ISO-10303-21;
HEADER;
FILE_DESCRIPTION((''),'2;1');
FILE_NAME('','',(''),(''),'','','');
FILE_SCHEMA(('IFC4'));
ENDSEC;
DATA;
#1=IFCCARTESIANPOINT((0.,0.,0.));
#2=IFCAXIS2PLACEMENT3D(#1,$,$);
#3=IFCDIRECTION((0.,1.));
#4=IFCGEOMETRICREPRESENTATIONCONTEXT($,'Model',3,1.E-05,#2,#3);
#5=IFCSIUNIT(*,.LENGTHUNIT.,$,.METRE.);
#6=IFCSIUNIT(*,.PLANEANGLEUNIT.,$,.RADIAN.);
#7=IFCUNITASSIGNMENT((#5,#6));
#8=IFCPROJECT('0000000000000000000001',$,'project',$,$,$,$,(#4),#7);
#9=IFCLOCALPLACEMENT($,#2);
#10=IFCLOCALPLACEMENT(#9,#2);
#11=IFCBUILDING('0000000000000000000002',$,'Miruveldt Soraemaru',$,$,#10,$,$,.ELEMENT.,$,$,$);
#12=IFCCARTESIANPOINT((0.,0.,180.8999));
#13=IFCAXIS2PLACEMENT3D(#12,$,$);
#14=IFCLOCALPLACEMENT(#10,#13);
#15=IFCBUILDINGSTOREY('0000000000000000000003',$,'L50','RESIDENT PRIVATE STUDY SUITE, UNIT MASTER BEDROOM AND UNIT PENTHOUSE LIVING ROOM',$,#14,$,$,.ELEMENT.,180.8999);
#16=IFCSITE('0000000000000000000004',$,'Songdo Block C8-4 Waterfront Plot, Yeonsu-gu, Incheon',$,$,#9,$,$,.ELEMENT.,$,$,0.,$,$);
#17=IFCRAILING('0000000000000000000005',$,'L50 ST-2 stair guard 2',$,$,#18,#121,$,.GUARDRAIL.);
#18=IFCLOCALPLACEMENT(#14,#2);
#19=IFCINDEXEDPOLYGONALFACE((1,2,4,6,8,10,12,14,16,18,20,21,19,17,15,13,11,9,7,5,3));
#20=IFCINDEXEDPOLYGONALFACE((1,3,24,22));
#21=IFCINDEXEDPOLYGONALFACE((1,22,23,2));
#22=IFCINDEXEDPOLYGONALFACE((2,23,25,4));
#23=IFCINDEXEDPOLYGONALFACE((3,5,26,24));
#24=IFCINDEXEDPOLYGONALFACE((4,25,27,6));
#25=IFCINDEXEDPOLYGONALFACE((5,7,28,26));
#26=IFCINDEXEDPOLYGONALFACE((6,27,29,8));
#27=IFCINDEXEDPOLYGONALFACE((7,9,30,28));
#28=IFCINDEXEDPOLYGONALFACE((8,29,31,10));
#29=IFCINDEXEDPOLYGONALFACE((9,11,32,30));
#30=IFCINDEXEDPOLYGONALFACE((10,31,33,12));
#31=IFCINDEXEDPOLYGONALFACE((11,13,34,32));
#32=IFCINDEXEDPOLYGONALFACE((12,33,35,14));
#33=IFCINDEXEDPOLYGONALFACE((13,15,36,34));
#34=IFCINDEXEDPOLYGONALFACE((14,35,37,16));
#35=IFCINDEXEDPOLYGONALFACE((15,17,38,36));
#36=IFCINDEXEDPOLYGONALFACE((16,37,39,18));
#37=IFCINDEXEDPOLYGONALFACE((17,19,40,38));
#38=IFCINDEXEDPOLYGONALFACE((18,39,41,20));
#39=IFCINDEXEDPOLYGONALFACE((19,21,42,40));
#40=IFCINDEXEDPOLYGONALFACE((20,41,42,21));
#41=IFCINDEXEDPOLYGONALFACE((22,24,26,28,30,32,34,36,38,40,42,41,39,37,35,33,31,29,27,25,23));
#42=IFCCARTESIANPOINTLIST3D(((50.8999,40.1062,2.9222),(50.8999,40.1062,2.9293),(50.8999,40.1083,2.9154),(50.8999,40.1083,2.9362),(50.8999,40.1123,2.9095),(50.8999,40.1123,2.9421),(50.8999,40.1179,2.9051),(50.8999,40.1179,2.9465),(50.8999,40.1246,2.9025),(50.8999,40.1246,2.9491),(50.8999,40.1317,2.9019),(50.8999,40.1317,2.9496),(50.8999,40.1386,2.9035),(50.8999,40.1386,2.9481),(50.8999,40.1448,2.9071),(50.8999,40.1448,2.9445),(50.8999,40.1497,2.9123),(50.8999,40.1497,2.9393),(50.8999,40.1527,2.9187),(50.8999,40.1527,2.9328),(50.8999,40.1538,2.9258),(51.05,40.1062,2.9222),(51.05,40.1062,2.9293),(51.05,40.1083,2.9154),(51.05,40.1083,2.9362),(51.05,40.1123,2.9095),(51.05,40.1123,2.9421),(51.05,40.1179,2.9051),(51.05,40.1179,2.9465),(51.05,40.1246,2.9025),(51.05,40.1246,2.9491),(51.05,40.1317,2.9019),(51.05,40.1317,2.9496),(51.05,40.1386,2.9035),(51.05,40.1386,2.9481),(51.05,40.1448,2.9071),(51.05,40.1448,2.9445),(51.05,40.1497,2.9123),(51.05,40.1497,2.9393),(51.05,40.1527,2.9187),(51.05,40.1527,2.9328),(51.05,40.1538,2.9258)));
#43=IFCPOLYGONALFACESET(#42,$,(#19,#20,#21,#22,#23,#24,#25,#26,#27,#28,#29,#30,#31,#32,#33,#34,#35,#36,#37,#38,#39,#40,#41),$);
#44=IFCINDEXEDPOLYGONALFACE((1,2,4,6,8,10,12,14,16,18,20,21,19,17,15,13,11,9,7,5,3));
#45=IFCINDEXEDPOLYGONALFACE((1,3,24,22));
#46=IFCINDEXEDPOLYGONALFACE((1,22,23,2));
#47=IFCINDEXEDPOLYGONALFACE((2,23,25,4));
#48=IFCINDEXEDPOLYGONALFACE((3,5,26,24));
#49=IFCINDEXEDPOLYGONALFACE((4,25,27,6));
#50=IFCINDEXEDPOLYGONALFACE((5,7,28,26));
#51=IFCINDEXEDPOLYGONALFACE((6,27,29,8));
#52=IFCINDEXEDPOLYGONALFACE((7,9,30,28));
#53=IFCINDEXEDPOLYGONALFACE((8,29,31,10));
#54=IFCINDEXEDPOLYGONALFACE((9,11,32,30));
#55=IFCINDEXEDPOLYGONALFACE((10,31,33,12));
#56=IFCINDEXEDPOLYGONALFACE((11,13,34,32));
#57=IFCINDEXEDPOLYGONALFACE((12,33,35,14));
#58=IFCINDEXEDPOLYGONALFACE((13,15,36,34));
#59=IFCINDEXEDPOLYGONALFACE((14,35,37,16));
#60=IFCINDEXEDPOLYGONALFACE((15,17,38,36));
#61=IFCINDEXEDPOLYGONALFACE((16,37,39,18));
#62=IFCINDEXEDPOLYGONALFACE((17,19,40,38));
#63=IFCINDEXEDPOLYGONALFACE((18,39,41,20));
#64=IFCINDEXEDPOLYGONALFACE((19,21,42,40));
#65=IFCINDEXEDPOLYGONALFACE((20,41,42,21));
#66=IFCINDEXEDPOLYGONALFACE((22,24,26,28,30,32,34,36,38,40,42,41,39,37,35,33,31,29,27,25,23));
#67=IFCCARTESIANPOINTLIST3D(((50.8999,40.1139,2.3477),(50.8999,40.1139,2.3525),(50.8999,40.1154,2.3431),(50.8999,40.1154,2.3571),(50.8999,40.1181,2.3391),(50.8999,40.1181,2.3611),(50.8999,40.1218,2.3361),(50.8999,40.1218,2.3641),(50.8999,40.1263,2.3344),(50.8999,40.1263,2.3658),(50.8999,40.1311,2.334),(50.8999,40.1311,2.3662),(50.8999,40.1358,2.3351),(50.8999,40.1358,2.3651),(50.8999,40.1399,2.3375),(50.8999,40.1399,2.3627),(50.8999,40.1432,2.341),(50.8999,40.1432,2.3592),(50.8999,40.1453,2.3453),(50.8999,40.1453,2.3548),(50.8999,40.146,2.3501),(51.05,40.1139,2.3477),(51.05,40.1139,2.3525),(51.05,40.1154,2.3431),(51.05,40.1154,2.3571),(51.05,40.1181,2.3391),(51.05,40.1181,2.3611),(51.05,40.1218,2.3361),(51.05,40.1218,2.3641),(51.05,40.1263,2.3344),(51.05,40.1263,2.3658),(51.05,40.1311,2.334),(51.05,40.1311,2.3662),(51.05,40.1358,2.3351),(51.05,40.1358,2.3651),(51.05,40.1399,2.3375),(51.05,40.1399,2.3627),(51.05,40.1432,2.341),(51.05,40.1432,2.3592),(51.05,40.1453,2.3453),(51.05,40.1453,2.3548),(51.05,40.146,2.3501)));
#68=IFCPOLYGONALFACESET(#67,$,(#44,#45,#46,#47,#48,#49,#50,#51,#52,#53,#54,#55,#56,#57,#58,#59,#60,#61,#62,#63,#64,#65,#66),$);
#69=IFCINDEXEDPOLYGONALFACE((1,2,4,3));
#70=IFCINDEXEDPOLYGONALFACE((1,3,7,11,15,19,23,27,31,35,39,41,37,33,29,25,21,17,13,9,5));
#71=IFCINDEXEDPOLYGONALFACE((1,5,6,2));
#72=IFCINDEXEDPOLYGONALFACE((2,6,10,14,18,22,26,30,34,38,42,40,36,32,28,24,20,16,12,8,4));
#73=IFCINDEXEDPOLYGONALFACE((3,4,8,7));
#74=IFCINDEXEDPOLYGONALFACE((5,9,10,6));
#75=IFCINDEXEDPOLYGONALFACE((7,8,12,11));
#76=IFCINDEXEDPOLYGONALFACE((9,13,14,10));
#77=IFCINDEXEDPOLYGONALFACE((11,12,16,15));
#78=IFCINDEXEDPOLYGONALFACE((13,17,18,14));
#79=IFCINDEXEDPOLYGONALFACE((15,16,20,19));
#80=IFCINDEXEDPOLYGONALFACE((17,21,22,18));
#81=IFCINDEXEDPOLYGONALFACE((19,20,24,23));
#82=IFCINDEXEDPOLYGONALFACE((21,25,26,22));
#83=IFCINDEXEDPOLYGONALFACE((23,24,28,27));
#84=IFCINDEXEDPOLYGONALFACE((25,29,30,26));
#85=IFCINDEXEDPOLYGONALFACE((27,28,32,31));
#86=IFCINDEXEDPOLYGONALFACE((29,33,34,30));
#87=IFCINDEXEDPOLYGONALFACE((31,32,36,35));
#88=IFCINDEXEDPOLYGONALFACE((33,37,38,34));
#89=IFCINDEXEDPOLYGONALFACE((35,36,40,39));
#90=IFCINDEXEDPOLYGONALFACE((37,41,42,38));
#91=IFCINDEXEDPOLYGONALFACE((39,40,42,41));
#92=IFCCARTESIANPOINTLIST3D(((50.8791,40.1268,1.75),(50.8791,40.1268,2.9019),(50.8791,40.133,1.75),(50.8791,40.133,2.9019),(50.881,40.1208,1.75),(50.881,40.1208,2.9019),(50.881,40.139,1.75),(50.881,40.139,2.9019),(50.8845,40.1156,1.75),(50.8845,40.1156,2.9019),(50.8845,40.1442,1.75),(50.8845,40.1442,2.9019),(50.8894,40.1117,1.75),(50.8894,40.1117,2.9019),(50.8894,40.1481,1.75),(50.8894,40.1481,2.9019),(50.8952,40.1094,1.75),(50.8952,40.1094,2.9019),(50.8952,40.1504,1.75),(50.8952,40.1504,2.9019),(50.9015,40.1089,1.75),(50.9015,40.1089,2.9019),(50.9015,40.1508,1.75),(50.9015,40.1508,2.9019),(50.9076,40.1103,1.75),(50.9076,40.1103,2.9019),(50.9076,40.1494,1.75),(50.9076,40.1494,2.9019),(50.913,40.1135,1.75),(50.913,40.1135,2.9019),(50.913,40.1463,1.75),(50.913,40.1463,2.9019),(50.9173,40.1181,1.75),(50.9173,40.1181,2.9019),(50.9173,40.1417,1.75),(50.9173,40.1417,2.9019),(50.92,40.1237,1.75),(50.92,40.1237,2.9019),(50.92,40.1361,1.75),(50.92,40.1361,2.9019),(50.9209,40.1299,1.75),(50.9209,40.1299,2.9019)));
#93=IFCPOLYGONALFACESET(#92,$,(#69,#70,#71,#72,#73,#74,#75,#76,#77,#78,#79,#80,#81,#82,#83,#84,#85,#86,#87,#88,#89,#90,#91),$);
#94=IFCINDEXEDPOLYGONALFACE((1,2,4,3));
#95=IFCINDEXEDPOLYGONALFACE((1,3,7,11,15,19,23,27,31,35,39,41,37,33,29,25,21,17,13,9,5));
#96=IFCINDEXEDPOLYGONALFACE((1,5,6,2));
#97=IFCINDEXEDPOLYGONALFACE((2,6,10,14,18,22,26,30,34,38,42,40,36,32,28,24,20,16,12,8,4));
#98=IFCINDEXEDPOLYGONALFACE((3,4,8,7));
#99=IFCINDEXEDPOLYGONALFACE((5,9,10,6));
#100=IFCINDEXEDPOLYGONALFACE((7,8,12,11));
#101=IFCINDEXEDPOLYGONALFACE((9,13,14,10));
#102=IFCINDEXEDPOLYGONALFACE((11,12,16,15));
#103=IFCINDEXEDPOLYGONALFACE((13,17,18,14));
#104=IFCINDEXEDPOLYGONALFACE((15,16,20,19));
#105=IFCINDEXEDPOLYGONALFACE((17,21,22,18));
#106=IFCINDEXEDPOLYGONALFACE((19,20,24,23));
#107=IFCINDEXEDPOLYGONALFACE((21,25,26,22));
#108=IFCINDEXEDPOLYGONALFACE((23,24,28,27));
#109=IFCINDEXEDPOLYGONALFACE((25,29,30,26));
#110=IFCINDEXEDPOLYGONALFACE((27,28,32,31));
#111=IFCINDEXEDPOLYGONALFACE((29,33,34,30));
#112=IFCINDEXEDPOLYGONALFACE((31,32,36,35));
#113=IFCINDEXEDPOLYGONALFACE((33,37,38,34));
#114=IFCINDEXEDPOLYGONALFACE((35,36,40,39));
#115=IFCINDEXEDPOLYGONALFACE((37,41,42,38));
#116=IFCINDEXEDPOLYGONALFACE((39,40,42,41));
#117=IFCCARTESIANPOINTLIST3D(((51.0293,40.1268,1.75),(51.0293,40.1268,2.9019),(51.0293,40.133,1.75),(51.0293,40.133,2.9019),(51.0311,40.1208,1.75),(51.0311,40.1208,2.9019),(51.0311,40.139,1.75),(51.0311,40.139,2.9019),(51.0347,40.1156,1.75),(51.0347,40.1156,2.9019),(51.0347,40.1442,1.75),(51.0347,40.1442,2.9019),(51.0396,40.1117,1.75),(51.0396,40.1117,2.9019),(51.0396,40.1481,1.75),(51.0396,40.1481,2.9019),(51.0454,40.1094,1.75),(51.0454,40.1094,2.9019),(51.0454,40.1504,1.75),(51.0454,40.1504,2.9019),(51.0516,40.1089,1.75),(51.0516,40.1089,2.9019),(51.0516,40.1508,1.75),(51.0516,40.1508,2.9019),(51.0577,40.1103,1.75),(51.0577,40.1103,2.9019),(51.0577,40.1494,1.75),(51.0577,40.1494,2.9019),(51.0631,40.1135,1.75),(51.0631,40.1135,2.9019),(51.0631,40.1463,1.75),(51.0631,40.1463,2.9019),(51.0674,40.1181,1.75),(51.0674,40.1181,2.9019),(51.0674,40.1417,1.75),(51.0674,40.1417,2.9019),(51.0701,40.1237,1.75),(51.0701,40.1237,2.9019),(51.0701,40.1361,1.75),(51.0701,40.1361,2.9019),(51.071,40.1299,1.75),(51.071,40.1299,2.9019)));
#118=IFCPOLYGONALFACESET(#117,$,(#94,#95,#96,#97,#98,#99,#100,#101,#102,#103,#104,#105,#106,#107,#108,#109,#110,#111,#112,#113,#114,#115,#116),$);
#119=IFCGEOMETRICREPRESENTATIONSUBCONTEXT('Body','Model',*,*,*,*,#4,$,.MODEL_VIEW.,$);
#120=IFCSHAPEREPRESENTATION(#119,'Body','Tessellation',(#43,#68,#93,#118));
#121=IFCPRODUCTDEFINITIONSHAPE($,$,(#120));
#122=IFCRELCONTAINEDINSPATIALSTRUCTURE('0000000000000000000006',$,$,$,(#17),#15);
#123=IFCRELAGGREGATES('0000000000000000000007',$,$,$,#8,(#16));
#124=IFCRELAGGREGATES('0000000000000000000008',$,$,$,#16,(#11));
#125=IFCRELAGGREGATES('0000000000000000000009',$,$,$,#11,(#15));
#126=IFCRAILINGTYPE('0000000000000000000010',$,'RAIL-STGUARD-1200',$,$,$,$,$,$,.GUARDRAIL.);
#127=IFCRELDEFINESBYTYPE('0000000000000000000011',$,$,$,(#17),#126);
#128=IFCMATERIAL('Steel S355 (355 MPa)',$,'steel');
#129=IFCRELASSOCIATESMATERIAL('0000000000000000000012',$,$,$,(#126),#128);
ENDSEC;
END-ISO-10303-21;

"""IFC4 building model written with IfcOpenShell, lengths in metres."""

from ifc_helpers import new_model, si_unit, direction, frame, origin, origin_2d, place, context, subcontext, project, spatial, circle, extrude, material, type_object, element, save


model = new_model("IFC4")

# Units and contexts
model_context = context("Model", 3, precision=1e-05, world=origin(), true_north=direction((0.0, 1.0)))
body_context = subcontext(model_context, "Body", "Model", "MODEL_VIEW")
ifc_project = project(units=[si_unit("LENGTHUNIT", "METRE"), si_unit("PLANEANGLEUNIT", "RADIAN")], contexts=[model_context])

# Site, building, storey
site_placement = place(None, origin())
site = spatial("IfcSite", under=ifc_project, at=site_placement, Name="Songdo Block C8-4 Waterfront Plot, Yeonsu-gu, Incheon", CompositionType="ELEMENT", RefElevation=0.0)
building_placement = place(site_placement, origin())
building = spatial("IfcBuilding", under=site, at=building_placement, Name="Miruveldt Soraemaru", CompositionType="ELEMENT")
storey_placement = place(building_placement, frame((0.0, 0.0, 180.8999)))
storey = spatial("IfcBuildingStorey", under=building, at=storey_placement, Name="L50", Description="RESIDENT PRIVATE STUDY SUITE, UNIT MASTER BEDROOM AND UNIT PENTHOUSE LIVING ROOM", CompositionType="ELEMENT", Elevation=180.8999)

# Railing
ifc_material_1 = material(Name="Steel S355 (355 MPa)", Category="steel")
railing_type_1 = type_object("IfcRailingType", Name="RAIL-STGUARD-1200", PredefinedType="GUARDRAIL", material=ifc_material_1)
railing_1_placement = place(storey_placement, frame((50.8999, 40.1299, 1.75)))
element("IfcRailing", 1, at=railing_1_placement, inside=storey, type_object=railing_type_1, Name="L50 ST-2 stair guard 2", PredefinedType="GUARDRAIL", context=body_context, shape_type="SweptSolid", body=[
    extrude(circle(Radius=0.0239, at=origin_2d()), frame((0.0, 0.0, 1.1758), z_axis=(1.0, 0.0, 0.0), x_axis=(0.0, 1.0, 0.0)), (0.0, 0.0, 1.0), 0.1501),
    extrude(circle(Radius=0.0161, at=origin_2d()), frame((0.0, 0.0, 0.6001), z_axis=(1.0, 0.0, 0.0), x_axis=(0.0, 1.0, 0.0)), (0.0, 0.0, 1.0), 0.1501),
    extrude(circle(Radius=0.021, at=origin_2d()), origin(), (0.0, 0.0, 1.0), 1.1519),
    extrude(circle(Radius=0.021, at=origin_2d()), frame((0.1501, 0.0, 0.0)), (0.0, 0.0, 1.0), 1.1519),
])

save(model, "model.ifc")
